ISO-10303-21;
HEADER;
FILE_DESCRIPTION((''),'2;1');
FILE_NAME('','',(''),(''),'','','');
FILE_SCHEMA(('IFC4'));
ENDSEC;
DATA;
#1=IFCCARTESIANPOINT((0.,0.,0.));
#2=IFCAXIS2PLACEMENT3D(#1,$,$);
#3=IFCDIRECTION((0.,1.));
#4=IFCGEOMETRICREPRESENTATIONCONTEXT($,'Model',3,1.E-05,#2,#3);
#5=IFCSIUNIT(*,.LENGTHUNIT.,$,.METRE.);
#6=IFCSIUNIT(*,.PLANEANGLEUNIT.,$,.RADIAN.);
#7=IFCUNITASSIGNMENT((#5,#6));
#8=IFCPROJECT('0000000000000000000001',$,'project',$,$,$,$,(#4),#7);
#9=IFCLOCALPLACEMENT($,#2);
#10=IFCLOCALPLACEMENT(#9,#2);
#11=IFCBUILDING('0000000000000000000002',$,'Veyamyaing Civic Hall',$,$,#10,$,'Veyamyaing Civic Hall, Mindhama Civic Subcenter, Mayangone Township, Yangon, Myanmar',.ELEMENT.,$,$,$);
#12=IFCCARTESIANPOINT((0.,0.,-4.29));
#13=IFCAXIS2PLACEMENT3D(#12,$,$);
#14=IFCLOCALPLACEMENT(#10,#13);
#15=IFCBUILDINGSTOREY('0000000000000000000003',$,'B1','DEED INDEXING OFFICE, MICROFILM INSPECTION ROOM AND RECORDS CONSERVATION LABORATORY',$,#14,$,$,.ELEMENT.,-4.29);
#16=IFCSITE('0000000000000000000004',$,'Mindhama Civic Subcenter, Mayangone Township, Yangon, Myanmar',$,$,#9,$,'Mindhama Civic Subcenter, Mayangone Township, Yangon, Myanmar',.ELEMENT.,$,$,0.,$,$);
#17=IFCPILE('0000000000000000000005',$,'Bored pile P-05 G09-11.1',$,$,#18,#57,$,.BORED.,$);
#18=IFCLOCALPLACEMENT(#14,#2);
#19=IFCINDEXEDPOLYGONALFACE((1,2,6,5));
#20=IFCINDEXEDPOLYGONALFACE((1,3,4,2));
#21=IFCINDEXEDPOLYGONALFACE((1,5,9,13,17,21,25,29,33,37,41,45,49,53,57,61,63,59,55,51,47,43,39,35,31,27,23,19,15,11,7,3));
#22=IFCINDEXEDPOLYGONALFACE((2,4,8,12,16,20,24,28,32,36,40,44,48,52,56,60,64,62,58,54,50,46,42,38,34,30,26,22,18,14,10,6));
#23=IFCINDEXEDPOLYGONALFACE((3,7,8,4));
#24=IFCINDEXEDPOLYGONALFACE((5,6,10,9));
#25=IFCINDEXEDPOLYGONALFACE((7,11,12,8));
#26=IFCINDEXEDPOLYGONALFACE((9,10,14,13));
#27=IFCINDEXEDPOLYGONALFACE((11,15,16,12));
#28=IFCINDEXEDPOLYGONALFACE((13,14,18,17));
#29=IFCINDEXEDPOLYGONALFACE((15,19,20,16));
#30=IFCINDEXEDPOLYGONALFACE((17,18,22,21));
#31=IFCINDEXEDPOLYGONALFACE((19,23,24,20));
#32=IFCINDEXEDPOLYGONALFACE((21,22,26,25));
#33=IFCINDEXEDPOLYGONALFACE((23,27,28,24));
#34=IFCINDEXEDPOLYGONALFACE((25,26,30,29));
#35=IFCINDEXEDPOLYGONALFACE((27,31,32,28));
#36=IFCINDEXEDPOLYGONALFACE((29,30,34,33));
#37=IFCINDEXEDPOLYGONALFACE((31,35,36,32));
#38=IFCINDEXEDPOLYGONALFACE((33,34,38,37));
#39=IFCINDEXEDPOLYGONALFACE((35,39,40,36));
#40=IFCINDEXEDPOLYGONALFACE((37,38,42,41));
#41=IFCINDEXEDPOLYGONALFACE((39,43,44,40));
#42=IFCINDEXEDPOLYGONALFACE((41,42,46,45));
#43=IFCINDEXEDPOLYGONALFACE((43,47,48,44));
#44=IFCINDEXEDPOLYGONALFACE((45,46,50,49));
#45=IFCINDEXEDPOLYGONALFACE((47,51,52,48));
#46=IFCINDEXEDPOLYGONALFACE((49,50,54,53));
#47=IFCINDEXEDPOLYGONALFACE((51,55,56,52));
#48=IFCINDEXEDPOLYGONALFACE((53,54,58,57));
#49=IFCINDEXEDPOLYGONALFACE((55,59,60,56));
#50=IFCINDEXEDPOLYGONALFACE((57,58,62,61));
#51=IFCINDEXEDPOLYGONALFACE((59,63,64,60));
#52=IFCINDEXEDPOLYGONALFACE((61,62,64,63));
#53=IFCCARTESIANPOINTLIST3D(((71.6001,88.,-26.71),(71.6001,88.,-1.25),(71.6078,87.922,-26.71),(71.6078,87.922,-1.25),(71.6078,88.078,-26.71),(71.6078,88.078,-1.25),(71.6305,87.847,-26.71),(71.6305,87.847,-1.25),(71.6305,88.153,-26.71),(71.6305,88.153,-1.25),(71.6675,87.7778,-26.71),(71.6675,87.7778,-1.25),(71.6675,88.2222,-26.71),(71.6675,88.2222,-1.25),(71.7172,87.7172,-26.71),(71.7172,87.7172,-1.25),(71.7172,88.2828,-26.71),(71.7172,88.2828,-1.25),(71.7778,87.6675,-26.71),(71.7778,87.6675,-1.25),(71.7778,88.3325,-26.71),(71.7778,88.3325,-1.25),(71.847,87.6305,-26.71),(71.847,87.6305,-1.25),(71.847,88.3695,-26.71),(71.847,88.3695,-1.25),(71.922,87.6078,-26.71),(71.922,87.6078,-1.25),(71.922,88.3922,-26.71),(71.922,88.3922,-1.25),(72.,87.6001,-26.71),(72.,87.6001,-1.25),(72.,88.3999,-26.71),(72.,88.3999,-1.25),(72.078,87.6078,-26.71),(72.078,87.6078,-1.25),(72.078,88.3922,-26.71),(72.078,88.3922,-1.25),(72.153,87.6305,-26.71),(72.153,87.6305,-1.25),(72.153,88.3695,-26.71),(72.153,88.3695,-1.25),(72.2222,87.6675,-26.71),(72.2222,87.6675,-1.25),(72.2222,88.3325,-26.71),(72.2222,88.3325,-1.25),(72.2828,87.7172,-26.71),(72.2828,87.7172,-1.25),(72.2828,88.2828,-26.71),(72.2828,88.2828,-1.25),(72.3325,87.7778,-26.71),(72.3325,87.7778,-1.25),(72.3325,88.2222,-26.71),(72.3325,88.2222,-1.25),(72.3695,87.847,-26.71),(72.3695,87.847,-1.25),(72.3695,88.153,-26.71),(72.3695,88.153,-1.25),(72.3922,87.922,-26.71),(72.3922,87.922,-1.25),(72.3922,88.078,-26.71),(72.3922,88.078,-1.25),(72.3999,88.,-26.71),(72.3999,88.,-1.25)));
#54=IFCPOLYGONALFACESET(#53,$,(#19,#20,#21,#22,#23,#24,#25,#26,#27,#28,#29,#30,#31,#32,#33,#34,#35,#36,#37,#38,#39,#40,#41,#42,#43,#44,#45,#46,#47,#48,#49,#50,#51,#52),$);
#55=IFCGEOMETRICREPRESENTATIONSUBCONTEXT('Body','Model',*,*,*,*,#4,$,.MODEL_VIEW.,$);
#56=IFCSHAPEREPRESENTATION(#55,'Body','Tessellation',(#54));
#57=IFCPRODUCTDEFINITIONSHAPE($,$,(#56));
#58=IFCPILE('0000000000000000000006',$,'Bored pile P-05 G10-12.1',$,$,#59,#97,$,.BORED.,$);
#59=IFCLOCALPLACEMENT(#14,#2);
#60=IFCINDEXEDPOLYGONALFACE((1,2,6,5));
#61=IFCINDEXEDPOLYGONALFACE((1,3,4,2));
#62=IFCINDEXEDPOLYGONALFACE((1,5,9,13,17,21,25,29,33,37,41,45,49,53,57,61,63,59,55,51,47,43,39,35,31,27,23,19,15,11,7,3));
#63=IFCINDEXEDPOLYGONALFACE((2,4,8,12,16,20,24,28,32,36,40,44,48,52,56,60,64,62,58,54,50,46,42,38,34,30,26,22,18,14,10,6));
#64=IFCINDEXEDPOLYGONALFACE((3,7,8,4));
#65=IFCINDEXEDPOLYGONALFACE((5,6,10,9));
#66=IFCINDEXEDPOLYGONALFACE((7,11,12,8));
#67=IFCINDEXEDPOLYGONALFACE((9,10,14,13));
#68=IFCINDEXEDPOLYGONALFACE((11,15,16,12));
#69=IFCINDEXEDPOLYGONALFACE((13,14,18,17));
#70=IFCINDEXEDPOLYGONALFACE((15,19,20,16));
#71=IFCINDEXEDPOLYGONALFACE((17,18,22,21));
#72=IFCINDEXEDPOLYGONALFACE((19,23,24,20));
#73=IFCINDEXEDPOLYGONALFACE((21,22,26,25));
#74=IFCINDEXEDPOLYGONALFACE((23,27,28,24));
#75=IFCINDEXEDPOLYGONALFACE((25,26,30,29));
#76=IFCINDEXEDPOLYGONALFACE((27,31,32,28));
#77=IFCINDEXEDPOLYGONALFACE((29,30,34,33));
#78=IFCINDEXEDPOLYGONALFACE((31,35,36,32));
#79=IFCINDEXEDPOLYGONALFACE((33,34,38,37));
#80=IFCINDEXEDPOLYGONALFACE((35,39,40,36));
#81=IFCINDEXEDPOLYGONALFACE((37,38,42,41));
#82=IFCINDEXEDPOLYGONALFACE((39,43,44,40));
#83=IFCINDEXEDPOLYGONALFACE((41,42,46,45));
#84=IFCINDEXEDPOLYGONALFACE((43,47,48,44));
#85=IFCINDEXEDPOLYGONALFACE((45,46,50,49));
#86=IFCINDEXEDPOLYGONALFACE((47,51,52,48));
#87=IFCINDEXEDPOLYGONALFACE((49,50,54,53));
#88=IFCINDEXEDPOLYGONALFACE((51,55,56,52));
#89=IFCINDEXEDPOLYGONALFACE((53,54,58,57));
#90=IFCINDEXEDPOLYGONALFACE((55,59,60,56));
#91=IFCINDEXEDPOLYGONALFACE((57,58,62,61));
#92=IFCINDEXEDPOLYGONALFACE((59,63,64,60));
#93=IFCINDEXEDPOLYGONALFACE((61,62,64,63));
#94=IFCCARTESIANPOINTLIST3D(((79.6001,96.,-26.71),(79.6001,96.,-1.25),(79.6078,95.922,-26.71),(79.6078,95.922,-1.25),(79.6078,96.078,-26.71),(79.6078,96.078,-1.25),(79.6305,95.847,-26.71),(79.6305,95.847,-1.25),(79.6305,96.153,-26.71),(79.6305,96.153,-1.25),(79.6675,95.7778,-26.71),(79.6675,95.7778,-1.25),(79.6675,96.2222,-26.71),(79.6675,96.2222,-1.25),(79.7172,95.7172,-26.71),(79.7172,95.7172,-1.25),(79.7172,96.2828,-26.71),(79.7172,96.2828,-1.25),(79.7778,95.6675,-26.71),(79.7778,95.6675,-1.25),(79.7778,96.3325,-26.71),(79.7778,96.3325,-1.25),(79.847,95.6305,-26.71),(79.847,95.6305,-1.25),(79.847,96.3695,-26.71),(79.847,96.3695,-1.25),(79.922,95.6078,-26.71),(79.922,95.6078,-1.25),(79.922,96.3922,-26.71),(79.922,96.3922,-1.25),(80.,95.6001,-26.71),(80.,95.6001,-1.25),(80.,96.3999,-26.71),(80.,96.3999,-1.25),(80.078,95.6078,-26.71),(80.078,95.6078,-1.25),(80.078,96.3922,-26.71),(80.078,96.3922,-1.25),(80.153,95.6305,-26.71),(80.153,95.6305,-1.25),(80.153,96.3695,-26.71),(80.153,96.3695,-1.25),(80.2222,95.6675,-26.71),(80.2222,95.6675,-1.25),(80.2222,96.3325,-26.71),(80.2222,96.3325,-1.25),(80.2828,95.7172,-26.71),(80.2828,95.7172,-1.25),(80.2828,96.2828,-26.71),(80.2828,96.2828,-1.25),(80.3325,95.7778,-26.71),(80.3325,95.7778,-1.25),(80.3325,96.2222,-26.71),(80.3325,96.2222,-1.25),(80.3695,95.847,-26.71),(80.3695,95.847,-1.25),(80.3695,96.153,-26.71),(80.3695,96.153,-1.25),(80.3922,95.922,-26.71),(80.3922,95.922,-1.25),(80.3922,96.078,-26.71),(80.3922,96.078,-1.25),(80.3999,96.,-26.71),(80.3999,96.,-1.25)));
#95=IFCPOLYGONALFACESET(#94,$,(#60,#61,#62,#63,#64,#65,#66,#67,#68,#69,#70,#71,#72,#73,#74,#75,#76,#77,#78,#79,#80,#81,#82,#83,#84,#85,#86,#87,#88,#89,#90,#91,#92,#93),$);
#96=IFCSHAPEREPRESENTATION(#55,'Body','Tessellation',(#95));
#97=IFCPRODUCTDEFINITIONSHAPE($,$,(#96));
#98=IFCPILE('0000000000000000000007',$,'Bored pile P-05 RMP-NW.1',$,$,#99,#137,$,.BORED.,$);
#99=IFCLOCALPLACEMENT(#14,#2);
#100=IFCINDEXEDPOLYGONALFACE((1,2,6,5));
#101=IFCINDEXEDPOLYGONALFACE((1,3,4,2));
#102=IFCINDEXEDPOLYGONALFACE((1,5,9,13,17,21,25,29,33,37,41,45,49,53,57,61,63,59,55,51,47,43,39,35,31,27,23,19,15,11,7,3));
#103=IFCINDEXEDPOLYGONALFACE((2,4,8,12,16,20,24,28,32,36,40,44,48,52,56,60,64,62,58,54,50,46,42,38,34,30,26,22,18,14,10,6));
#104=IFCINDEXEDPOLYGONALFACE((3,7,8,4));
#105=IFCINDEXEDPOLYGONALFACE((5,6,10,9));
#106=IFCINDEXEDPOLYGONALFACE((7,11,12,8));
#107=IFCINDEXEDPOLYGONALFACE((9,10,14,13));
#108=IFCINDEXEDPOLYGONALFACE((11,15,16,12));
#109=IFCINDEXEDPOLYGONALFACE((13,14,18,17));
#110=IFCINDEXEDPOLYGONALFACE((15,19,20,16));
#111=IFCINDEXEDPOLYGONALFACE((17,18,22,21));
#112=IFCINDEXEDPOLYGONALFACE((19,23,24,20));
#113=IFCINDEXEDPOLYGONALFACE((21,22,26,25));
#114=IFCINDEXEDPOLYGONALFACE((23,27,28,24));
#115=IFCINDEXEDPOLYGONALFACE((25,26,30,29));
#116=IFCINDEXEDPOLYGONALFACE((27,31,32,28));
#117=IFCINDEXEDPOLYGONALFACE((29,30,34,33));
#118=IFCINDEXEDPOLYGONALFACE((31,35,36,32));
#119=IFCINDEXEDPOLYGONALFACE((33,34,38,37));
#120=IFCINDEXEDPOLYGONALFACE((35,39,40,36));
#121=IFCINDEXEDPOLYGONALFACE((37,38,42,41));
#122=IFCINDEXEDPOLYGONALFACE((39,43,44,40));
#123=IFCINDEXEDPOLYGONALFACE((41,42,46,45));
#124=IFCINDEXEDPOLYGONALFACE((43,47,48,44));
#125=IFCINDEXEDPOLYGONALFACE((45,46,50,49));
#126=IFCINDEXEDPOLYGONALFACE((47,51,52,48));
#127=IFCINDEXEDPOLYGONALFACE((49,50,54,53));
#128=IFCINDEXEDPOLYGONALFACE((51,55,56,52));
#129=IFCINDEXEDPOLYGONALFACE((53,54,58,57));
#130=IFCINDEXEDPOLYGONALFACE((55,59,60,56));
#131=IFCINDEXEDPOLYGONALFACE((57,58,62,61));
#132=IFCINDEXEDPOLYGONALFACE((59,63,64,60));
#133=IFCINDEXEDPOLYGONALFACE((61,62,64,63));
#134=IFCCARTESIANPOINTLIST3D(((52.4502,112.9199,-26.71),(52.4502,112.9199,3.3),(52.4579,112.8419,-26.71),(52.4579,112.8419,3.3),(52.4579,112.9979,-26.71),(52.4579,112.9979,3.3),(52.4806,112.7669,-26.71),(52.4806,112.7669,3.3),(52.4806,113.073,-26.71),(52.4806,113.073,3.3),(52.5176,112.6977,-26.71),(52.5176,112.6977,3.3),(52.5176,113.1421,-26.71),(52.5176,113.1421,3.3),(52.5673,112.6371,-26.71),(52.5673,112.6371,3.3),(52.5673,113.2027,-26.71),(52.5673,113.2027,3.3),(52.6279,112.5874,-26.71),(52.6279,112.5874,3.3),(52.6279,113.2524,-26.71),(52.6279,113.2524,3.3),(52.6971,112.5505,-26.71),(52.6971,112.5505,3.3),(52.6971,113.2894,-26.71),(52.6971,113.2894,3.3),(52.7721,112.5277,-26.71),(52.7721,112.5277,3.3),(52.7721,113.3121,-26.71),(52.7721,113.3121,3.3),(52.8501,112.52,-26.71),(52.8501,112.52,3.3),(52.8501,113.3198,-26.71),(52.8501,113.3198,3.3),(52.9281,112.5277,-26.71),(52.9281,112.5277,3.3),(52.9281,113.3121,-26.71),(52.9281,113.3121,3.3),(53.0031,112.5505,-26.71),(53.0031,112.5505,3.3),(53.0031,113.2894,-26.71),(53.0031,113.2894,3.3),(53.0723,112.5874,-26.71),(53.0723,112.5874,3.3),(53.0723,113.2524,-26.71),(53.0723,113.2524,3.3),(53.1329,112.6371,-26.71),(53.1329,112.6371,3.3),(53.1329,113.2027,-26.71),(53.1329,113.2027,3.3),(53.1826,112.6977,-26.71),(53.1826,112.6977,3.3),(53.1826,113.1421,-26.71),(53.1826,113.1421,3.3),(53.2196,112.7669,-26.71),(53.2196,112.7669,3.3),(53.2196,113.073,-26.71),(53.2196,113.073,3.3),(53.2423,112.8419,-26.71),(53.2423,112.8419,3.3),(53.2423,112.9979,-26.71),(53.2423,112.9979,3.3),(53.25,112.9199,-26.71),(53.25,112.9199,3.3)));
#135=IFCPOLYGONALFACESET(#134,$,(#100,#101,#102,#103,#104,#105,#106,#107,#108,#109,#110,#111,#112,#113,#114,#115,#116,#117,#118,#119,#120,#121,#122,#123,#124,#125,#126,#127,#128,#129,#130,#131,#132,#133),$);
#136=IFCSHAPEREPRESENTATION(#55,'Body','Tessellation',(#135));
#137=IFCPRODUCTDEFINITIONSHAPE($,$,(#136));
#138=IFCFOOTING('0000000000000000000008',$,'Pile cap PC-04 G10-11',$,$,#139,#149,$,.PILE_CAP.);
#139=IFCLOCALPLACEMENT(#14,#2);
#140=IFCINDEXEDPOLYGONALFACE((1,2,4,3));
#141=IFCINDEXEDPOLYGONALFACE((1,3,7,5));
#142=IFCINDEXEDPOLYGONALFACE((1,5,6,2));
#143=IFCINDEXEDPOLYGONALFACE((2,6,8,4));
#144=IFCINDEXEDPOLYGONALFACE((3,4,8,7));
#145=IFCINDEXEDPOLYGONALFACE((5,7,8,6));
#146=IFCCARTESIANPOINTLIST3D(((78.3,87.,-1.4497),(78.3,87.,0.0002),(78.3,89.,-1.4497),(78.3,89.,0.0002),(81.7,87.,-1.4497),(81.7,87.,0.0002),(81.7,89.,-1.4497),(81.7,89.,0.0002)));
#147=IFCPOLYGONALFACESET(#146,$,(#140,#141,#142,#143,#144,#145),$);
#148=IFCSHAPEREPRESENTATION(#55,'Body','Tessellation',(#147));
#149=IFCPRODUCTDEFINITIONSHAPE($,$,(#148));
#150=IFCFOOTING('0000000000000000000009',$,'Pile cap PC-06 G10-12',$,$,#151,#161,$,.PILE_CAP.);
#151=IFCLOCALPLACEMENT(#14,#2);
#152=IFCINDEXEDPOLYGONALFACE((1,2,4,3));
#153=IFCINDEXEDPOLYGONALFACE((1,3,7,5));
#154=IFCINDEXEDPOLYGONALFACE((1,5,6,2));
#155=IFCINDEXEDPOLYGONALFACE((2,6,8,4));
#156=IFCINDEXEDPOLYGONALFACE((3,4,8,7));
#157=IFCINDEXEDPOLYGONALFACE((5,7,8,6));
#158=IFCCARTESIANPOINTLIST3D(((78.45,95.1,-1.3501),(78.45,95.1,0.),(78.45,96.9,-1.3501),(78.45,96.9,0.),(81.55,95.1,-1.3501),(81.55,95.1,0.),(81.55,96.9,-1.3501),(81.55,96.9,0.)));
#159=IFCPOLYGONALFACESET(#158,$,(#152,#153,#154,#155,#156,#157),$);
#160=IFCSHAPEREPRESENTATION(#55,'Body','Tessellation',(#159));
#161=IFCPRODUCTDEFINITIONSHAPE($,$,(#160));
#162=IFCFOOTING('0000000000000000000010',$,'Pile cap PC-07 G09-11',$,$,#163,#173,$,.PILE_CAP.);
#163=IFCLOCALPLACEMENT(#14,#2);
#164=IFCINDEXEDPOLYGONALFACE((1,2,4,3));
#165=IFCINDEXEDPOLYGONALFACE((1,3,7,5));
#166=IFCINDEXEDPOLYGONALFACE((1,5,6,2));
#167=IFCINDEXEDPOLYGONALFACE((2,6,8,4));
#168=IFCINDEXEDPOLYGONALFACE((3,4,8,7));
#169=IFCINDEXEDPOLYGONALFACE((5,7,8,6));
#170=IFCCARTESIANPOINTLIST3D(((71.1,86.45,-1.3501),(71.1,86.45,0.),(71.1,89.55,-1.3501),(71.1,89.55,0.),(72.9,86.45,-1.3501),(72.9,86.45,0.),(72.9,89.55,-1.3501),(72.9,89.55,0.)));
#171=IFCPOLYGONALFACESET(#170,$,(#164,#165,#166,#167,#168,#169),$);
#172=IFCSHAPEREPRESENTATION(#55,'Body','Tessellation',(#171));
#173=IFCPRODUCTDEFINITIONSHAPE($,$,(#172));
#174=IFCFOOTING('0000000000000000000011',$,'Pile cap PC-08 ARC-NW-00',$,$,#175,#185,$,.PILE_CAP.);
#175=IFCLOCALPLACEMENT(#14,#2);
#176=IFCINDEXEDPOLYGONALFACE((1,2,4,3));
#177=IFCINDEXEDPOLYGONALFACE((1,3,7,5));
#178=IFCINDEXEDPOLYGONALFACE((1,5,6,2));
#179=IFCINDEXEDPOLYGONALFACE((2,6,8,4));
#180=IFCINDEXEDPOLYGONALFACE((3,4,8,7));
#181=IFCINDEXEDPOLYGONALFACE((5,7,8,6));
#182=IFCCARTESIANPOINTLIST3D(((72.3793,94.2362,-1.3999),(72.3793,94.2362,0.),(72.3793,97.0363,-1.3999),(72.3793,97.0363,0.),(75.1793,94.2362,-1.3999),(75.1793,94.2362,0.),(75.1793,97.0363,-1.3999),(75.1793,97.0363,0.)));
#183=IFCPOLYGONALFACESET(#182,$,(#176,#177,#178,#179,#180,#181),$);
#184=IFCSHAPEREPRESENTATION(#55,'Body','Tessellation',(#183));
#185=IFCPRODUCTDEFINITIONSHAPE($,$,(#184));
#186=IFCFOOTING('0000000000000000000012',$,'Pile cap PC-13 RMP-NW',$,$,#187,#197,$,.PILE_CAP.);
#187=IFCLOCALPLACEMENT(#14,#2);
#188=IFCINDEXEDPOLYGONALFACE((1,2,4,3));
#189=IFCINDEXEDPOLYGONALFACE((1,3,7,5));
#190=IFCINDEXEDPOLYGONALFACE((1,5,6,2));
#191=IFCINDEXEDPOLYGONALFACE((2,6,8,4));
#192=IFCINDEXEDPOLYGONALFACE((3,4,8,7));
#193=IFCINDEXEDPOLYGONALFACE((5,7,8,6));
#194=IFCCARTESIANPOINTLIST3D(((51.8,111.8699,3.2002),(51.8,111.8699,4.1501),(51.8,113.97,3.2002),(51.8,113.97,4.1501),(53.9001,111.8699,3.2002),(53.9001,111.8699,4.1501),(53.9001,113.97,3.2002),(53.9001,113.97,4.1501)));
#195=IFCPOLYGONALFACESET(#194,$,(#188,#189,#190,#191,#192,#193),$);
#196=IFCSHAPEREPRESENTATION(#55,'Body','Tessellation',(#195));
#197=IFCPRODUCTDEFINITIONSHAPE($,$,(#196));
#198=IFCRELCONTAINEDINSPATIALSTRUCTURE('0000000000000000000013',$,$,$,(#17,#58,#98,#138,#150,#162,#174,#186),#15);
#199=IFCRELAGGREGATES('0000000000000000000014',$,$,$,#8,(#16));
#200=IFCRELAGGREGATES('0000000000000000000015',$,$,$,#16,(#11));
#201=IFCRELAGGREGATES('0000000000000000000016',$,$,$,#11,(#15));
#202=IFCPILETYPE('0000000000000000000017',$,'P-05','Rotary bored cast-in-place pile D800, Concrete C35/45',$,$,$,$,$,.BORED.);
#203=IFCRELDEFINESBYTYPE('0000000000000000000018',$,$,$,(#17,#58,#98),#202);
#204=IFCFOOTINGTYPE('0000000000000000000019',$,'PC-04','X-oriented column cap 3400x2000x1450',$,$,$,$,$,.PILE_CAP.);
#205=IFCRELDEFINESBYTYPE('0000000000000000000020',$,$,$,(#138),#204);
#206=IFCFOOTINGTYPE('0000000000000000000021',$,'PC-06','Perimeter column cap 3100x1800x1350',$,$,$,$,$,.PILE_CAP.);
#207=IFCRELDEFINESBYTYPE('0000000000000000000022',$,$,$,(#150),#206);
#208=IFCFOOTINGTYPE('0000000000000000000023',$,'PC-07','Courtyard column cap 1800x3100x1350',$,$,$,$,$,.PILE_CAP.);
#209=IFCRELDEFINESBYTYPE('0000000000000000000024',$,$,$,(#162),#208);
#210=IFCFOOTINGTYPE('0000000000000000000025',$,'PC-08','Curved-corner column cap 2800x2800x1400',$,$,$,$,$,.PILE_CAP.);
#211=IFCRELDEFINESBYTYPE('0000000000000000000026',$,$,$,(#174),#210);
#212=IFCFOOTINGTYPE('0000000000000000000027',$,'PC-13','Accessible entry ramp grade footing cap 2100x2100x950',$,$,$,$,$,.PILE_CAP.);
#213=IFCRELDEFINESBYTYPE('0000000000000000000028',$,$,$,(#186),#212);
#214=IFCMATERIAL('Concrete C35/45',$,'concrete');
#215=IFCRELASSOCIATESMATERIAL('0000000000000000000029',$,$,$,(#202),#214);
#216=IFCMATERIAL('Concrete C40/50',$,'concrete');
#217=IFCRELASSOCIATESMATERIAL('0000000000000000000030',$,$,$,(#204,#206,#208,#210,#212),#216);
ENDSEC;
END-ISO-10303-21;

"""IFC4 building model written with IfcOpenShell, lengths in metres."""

from ifc_helpers import new_model, si_unit, direction, frame, origin, origin_2d, place, context, subcontext, project, spatial, rectangle, circle, extrude, material, material_profile, profile_set, type_object, element, save


model = new_model("IFC4")

# Units and contexts
model_context = context("Model", 3, precision=1e-05, world=origin(), true_north=direction((0.0, 1.0)))
body_context = subcontext(model_context, "Body", "Model", "MODEL_VIEW")
ifc_project = project(units=[si_unit("LENGTHUNIT", "METRE"), si_unit("PLANEANGLEUNIT", "RADIAN")], contexts=[model_context])

# Site, building, storey
site_placement = place(None, origin())
site = spatial("IfcSite", under=ifc_project, at=site_placement, Name="Mindhama Civic Subcenter, Mayangone Township, Yangon, Myanmar", LongName="Mindhama Civic Subcenter, Mayangone Township, Yangon, Myanmar", CompositionType="ELEMENT", RefElevation=0.0)
building_placement = place(site_placement, origin())
building = spatial("IfcBuilding", under=site, at=building_placement, Name="Veyamyaing Civic Hall", LongName="Veyamyaing Civic Hall, Mindhama Civic Subcenter, Mayangone Township, Yangon, Myanmar", CompositionType="ELEMENT")
storey_placement = place(building_placement, frame((0.0, 0.0, -4.29)))
storey = spatial("IfcBuildingStorey", under=building, at=storey_placement, Name="B1", Description="DEED INDEXING OFFICE, MICROFILM INSPECTION ROOM AND RECORDS CONSERVATION LABORATORY", CompositionType="ELEMENT", Elevation=-4.29)

# Shared definitions
ifc_material_1 = material(Name="Concrete C40/50", Category="concrete")

# Piles
ifc_material_2 = material(Name="Concrete C35/45", Category="concrete")
ifc_material_profile_1 = material_profile(ifc_material_2, circle(Radius=0.3999, at=origin_2d()), Name="PILE-D800")
ifc_profile_set_1 = profile_set([ifc_material_profile_1], Name="Concrete C35/45")
pile_type_1 = type_object("IfcPileType", Name="P-05", Description="Rotary bored cast-in-place pile D800, Concrete C35/45", PredefinedType="BORED", material=ifc_profile_set_1)
for number, where, z_axis, x_axis, name in (
    (1, (72.0, 88.0, -1.25), (0.0, 0.0, -1.0), (1.0, 0.0, 0.0), "Bored pile P-05 G09-11.1"),
    (2, (80.0, 96.0, -1.25), (0.0, 0.0, -1.0), (1.0, 0.0, 0.0), "Bored pile P-05 G10-12.1"),
):
    element("IfcPile", number, at=place(storey_placement, frame(where, z_axis=z_axis, x_axis=x_axis)), inside=storey, type_object=pile_type_1, Name=name, PredefinedType="BORED", context=body_context, shape_type="SweptSolid", body=[
        extrude(circle(Radius=0.3999, at=origin_2d()), origin(), (0.0, 0.0, 1.0), 25.46),
    ])
pile_1_placement = place(storey_placement, frame((52.8501, 112.9199, 3.3), z_axis=(0.0, 0.0, -1.0), x_axis=(1.0, 0.0, 0.0)))
element("IfcPile", 3, at=pile_1_placement, inside=storey, type_object=pile_type_1, Name="Bored pile P-05 RMP-NW.1", PredefinedType="BORED", context=body_context, shape_type="SweptSolid", body=[
    extrude(circle(Radius=0.3999, at=origin_2d()), origin(), (0.0, 0.0, 1.0), 30.01),
])

# Footings
footing_type_1 = type_object("IfcFootingType", Name="PC-04", Description="X-oriented column cap 3400x2000x1450", PredefinedType="PILE_CAP", material=ifc_material_1)
footing_1_placement = place(storey_placement, frame((80.0, 88.0, -1.4497), z_axis=(0.0, 0.0, 1.0), x_axis=(1.0, 0.0, 0.0)))
element("IfcFooting", 4, at=footing_1_placement, inside=storey, type_object=footing_type_1, Name="Pile cap PC-04 G10-11", PredefinedType="PILE_CAP", context=body_context, shape_type="SweptSolid", body=[
    extrude(rectangle(XDim=3.3999, YDim=2.0, at=origin_2d()), origin(), (0.0, 0.0, 1.0), 1.45),
])
footing_type_2 = type_object("IfcFootingType", Name="PC-06", Description="Perimeter column cap 3100x1800x1350", PredefinedType="PILE_CAP", material=ifc_material_1)
footing_2_placement = place(storey_placement, frame((80.0, 96.0, -1.3501), z_axis=(0.0, 0.0, 1.0), x_axis=(1.0, 0.0, 0.0)))
element("IfcFooting", 5, at=footing_2_placement, inside=storey, type_object=footing_type_2, Name="Pile cap PC-06 G10-12", PredefinedType="PILE_CAP", context=body_context, shape_type="SweptSolid", body=[
    extrude(rectangle(XDim=3.1001, YDim=1.8, at=origin_2d()), origin(), (0.0, 0.0, 1.0), 1.3501),
])
footing_type_3 = type_object("IfcFootingType", Name="PC-07", Description="Courtyard column cap 1800x3100x1350", PredefinedType="PILE_CAP", material=ifc_material_1)
footing_3_placement = place(storey_placement, frame((72.0, 88.0, -1.3501), z_axis=(0.0, 0.0, 1.0), x_axis=(1.0, 0.0, 0.0)))
element("IfcFooting", 6, at=footing_3_placement, inside=storey, type_object=footing_type_3, Name="Pile cap PC-07 G09-11", PredefinedType="PILE_CAP", context=body_context, shape_type="SweptSolid", body=[
    extrude(rectangle(XDim=1.8, YDim=3.1001, at=origin_2d()), origin(), (0.0, 0.0, 1.0), 1.3501),
])
footing_type_4 = type_object("IfcFootingType", Name="PC-08", Description="Curved-corner column cap 2800x2800x1400", PredefinedType="PILE_CAP", material=ifc_material_1)
footing_4_placement = place(storey_placement, frame((73.7793, 95.6362, -1.3999), z_axis=(0.0, 0.0, 1.0), x_axis=(1.0, 0.0, 0.0)))
element("IfcFooting", 7, at=footing_4_placement, inside=storey, type_object=footing_type_4, Name="Pile cap PC-08 ARC-NW-00", PredefinedType="PILE_CAP", context=body_context, shape_type="SweptSolid", body=[
    extrude(rectangle(XDim=2.8, YDim=2.8, at=origin_2d()), origin(), (0.0, 0.0, 1.0), 1.3999),
])
footing_type_5 = type_object("IfcFootingType", Name="PC-13", Description="Accessible entry ramp grade footing cap 2100x2100x950", PredefinedType="PILE_CAP", material=ifc_material_1)
footing_5_placement = place(storey_placement, frame((52.8501, 112.9199, 3.2002), z_axis=(0.0, 0.0, 1.0), x_axis=(1.0, 0.0, 0.0)))
element("IfcFooting", 8, at=footing_5_placement, inside=storey, type_object=footing_type_5, Name="Pile cap PC-13 RMP-NW", PredefinedType="PILE_CAP", context=body_context, shape_type="SweptSolid", body=[
    extrude(rectangle(XDim=2.1001, YDim=2.1001, at=origin_2d()), origin(), (0.0, 0.0, 1.0), 0.95),
])

save(model, "model.ifc")
